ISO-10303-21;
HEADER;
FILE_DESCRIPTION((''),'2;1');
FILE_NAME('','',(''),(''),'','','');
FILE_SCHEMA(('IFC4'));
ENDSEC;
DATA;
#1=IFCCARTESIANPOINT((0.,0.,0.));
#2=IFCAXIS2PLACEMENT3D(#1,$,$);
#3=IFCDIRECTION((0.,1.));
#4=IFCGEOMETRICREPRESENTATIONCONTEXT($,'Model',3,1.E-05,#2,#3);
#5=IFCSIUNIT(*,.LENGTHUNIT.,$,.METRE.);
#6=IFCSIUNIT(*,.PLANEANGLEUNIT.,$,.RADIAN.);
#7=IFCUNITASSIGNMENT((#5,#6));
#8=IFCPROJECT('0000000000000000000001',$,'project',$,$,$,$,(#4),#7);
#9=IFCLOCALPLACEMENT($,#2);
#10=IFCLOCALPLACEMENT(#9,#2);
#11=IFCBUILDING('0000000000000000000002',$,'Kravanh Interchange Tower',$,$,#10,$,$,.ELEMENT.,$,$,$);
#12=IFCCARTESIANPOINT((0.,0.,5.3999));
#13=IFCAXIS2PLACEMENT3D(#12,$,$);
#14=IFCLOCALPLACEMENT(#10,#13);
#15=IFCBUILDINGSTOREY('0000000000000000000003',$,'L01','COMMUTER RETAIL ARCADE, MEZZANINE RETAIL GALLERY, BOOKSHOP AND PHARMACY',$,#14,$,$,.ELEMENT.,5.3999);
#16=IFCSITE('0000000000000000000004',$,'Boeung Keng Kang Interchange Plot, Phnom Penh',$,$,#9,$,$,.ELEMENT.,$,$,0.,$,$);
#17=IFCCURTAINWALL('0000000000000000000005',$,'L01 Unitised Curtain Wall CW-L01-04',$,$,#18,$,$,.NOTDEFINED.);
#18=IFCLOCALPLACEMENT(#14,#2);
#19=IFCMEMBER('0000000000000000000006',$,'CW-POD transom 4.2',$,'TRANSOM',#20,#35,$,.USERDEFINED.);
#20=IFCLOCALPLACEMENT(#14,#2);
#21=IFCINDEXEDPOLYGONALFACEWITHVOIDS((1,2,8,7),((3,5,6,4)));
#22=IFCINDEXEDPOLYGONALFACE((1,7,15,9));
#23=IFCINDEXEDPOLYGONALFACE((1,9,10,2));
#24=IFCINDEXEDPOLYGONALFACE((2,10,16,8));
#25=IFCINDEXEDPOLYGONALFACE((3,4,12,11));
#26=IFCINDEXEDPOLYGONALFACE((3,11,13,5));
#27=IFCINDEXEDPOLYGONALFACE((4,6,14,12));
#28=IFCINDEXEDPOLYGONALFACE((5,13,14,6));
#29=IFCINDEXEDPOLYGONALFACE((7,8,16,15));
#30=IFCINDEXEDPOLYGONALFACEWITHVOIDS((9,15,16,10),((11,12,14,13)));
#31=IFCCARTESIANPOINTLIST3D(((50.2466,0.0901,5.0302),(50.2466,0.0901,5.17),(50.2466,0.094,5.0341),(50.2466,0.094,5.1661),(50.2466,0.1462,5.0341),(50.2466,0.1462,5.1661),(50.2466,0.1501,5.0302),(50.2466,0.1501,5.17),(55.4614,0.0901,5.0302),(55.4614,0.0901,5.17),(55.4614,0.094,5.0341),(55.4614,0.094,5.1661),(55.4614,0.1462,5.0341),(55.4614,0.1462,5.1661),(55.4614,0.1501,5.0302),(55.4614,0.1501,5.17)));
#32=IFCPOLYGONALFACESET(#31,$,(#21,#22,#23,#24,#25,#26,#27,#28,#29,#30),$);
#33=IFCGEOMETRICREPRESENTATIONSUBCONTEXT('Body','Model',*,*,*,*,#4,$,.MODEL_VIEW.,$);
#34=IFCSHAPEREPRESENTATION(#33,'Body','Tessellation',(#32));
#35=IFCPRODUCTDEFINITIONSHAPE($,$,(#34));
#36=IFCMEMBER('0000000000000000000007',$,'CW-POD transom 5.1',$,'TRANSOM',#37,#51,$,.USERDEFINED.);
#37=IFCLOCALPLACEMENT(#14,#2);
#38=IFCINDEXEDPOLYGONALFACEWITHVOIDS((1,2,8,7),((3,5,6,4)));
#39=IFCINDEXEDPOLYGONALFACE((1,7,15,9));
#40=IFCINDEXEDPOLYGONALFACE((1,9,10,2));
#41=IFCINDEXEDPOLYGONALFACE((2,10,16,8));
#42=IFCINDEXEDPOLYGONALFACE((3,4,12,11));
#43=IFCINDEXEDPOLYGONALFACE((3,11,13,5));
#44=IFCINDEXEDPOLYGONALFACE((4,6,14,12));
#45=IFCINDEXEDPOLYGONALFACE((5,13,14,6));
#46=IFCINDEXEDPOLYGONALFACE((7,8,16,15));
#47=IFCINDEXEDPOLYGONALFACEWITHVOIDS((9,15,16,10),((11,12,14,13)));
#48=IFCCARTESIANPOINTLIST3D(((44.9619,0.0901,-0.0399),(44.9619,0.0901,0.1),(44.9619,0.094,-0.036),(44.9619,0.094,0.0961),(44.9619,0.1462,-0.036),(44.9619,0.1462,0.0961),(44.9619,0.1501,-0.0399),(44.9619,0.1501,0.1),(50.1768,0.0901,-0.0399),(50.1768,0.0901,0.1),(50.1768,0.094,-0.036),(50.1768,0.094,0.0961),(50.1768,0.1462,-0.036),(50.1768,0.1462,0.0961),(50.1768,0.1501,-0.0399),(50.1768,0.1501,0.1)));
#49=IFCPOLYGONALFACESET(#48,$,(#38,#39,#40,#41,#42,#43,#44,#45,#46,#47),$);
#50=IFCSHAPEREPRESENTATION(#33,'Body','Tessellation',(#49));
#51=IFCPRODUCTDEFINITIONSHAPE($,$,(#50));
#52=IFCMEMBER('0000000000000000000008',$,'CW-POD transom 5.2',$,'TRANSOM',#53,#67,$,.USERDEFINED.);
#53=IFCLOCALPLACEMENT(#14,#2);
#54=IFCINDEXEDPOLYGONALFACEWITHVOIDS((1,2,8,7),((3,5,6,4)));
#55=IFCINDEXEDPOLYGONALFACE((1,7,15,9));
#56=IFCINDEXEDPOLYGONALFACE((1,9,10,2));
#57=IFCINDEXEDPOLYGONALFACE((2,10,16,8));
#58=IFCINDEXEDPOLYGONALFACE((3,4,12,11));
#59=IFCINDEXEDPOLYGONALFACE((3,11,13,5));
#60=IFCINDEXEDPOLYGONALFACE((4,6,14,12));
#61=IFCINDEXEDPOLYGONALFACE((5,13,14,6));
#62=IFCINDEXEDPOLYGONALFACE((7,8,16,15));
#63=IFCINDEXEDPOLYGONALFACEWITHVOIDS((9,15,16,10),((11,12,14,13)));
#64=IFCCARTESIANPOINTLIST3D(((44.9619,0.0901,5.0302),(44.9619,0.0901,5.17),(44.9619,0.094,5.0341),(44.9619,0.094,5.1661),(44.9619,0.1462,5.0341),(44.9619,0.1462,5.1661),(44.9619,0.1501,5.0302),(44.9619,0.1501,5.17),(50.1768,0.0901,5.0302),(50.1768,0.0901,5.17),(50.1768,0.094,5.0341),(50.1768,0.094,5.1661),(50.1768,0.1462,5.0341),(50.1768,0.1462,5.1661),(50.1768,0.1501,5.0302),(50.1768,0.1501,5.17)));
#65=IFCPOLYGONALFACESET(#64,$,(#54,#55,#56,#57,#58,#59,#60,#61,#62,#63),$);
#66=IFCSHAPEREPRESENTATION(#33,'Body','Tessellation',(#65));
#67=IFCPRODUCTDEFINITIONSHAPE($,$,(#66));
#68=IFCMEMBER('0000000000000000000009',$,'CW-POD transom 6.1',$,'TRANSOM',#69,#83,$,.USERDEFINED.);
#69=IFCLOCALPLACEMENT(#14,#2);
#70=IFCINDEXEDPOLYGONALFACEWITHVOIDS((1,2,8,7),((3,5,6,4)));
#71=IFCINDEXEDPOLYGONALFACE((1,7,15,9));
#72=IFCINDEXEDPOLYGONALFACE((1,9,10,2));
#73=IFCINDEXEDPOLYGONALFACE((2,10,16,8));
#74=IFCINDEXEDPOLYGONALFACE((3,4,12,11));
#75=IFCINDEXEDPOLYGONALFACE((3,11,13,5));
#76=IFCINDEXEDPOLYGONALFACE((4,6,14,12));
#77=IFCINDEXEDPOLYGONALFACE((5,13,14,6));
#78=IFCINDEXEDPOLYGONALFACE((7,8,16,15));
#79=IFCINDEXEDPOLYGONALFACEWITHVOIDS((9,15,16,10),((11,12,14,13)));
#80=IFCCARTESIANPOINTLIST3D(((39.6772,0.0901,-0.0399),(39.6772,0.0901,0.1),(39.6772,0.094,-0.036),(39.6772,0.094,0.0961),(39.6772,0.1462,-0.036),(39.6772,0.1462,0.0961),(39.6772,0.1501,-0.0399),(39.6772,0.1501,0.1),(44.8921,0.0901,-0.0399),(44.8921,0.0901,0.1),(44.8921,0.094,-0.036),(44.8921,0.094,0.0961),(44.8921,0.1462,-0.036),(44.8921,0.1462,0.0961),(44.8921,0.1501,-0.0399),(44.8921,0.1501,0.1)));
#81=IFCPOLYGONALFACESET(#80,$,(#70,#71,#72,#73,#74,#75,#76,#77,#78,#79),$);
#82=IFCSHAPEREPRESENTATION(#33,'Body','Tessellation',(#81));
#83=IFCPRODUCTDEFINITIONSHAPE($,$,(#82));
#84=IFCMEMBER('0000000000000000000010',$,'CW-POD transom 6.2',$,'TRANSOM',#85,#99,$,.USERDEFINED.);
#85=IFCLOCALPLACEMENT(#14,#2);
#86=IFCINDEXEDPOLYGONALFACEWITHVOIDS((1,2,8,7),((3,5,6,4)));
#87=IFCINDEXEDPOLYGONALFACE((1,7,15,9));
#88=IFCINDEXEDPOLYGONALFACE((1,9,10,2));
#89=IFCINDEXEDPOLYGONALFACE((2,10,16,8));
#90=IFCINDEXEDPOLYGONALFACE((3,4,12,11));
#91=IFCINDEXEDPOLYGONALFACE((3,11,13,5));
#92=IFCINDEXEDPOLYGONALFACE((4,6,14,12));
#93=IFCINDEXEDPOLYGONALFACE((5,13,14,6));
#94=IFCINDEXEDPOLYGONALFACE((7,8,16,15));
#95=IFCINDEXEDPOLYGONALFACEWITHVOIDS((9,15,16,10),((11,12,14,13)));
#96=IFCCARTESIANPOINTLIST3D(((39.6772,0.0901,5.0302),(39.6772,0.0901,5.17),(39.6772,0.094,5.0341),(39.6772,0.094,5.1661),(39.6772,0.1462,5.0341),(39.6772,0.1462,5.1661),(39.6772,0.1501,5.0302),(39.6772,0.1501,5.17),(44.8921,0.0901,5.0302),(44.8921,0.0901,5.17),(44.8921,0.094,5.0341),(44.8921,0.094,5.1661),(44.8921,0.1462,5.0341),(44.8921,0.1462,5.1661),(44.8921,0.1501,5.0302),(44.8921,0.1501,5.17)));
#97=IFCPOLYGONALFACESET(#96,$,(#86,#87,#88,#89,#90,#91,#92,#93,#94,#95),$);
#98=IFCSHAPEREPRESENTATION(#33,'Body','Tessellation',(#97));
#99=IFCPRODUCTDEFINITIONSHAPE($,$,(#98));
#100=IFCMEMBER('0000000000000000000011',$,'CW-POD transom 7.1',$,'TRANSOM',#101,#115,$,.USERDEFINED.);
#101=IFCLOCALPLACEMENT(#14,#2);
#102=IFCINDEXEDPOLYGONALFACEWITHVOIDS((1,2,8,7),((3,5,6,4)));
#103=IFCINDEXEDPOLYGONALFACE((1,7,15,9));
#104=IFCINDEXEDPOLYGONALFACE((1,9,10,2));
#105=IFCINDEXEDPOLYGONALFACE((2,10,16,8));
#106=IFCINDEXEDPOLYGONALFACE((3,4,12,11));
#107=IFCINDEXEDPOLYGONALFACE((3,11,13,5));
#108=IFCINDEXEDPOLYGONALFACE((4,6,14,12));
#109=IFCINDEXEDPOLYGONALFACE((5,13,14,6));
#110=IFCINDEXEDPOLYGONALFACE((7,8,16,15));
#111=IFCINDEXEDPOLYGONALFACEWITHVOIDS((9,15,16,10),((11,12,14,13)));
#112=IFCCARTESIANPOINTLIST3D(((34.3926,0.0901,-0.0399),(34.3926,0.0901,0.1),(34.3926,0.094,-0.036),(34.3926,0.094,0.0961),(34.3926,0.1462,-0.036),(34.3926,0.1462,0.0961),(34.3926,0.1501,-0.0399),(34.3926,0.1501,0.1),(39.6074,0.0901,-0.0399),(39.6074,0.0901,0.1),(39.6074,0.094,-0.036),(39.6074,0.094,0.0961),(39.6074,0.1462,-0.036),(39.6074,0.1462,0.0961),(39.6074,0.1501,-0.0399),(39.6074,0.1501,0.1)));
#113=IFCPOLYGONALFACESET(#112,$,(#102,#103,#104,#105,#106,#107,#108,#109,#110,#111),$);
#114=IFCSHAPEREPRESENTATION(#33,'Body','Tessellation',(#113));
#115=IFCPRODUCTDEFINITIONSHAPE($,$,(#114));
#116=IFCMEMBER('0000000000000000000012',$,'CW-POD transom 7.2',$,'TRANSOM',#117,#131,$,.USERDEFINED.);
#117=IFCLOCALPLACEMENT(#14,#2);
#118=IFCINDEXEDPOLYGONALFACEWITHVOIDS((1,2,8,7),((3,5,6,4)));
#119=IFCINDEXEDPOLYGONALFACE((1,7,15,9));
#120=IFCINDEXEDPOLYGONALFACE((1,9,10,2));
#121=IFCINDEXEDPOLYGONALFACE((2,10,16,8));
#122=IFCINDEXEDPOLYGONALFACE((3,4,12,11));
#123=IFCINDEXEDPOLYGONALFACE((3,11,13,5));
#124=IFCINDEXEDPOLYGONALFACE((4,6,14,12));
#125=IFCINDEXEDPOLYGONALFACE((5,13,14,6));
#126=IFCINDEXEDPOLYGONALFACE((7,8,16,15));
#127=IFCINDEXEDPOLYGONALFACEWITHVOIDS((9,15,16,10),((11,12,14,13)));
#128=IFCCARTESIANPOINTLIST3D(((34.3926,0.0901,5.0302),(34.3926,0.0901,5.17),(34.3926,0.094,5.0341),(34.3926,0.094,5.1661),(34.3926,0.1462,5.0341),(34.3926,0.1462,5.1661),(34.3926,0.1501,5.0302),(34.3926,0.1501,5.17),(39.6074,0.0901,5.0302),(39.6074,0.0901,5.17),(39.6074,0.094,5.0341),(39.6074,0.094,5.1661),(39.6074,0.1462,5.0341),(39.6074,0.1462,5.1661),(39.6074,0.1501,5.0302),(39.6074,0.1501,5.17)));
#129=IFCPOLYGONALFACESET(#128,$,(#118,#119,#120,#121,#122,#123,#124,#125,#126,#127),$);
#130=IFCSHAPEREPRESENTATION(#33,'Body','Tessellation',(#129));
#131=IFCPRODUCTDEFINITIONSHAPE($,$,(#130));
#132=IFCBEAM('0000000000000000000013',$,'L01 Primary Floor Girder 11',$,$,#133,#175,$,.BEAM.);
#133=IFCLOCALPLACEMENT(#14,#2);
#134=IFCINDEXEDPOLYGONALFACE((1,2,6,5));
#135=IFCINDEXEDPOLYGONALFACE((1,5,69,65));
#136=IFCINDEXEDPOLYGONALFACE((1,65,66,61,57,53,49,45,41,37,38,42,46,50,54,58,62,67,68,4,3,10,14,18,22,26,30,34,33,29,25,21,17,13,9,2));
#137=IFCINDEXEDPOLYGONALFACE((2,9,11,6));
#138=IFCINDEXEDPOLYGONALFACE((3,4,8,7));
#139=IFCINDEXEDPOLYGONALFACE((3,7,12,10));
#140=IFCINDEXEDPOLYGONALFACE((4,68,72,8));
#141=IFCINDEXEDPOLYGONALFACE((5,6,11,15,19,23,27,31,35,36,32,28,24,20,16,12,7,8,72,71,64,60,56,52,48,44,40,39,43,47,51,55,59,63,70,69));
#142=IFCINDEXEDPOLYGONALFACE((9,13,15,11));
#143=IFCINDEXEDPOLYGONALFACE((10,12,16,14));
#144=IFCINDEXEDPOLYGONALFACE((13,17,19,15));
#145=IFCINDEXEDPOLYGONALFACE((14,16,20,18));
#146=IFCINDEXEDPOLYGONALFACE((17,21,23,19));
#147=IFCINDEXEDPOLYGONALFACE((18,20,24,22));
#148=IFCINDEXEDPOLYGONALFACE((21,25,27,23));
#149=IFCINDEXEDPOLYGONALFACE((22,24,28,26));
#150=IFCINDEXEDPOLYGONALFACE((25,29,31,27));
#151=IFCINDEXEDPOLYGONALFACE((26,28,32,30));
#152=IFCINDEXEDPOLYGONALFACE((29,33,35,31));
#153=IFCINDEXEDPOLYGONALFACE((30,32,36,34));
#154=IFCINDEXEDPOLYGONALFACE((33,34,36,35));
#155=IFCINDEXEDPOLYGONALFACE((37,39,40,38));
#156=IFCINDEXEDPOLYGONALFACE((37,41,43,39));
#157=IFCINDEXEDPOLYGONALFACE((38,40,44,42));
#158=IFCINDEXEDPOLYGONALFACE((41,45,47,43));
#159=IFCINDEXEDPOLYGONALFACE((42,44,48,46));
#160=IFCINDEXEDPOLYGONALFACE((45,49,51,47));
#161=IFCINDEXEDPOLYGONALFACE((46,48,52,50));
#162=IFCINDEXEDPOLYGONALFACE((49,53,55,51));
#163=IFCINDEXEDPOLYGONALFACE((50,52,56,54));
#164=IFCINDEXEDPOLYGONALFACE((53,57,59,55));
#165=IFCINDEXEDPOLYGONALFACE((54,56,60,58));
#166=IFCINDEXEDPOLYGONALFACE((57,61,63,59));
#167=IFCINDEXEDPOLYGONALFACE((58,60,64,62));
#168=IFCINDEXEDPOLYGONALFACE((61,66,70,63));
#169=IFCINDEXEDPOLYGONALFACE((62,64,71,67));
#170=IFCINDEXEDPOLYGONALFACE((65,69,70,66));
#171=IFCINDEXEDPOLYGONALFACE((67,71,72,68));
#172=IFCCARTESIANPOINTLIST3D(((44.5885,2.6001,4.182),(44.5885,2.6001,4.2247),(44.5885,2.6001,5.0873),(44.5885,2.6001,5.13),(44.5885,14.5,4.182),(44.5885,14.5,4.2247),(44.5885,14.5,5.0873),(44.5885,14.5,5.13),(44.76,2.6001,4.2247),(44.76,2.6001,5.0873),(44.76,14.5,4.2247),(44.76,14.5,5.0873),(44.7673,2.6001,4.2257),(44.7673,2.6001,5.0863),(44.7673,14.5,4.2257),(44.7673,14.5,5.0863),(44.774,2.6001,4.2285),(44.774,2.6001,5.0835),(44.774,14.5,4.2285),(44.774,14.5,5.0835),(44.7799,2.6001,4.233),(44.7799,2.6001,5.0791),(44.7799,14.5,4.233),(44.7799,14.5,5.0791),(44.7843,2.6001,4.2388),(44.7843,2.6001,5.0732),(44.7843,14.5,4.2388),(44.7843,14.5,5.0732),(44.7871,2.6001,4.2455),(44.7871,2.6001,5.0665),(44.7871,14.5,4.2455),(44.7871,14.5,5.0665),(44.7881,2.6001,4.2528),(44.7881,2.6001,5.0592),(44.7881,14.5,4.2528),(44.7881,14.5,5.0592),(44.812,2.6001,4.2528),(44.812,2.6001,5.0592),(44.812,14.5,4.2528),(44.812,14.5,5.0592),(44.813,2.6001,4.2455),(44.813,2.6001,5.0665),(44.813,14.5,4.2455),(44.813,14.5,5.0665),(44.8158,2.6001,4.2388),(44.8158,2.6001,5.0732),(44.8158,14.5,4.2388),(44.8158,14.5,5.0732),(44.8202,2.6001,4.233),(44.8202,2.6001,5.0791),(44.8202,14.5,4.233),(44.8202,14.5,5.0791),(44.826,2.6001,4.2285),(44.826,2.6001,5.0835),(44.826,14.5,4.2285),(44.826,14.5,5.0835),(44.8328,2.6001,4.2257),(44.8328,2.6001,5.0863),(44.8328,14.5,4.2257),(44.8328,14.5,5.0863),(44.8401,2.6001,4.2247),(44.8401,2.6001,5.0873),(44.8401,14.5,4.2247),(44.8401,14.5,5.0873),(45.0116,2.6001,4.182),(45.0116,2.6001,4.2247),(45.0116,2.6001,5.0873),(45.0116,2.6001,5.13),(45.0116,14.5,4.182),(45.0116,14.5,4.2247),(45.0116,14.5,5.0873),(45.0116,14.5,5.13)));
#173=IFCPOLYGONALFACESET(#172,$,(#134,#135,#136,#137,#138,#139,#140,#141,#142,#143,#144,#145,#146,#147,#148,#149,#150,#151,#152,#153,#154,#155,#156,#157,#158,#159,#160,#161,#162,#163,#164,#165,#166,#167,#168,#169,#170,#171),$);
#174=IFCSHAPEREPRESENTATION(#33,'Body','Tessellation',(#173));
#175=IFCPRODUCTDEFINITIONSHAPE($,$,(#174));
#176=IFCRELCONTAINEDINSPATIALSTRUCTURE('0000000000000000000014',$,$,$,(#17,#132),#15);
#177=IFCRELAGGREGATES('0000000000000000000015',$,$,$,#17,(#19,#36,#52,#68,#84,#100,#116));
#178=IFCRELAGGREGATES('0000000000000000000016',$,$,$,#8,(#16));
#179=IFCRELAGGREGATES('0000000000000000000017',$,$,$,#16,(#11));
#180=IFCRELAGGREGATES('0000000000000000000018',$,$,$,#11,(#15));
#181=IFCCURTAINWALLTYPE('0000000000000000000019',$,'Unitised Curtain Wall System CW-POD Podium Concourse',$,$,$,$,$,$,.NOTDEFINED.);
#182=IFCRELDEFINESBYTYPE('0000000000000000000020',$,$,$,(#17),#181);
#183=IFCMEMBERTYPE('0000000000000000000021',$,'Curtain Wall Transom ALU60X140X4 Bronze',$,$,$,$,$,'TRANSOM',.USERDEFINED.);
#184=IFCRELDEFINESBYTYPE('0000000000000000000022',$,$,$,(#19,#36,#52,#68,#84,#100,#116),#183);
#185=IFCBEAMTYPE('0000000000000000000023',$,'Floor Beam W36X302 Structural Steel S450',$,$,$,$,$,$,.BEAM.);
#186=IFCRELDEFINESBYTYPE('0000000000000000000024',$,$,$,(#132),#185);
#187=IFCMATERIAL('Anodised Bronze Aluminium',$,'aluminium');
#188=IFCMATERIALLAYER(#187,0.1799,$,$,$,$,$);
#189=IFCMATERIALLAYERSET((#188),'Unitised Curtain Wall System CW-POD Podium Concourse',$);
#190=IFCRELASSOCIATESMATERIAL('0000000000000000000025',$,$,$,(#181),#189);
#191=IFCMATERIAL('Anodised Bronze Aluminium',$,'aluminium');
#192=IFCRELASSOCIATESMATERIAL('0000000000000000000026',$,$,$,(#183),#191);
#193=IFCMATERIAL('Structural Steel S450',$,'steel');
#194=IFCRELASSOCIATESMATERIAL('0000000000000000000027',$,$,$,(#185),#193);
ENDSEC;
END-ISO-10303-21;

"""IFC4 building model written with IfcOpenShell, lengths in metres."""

from ifc_helpers import new_model, si_unit, direction, frame, origin, origin_2d, place, context, subcontext, project, spatial, hollow_rectangle, i_section, extrude, material, layer, layer_set, material_profile, profile_set, type_object, element, aggregate, save


model = new_model("IFC4")

# Units and contexts
model_context = context("Model", 3, precision=1e-05, world=origin(), true_north=direction((0.0, 1.0)))
body_context = subcontext(model_context, "Body", "Model", "MODEL_VIEW")
ifc_project = project(units=[si_unit("LENGTHUNIT", "METRE"), si_unit("PLANEANGLEUNIT", "RADIAN")], contexts=[model_context])

# Site, building, storey
site_placement = place(None, origin())
site = spatial("IfcSite", under=ifc_project, at=site_placement, Name="Boeung Keng Kang Interchange Plot, Phnom Penh", CompositionType="ELEMENT", RefElevation=0.0)
building_placement = place(site_placement, origin())
building = spatial("IfcBuilding", under=site, at=building_placement, Name="Kravanh Interchange Tower", CompositionType="ELEMENT")
storey_placement = place(building_placement, frame((0.0, 0.0, 5.3999)))
storey = spatial("IfcBuildingStorey", under=building, at=storey_placement, Name="L01", Description="COMMUTER RETAIL ARCADE, MEZZANINE RETAIL GALLERY, BOOKSHOP AND PHARMACY", CompositionType="ELEMENT", Elevation=5.3999)

# Curtain wall, members
ifc_material_1 = material(Name="Anodised Bronze Aluminium", Category="aluminium")
ifc_layer_1 = layer(ifc_material_1, 0.1799)
ifc_layer_set_1 = layer_set([ifc_layer_1], Name="Unitised Curtain Wall System CW-POD Podium Concourse")
curtain_wall_type = type_object("IfcCurtainWallType", Name="Unitised Curtain Wall System CW-POD Podium Concourse", PredefinedType="NOTDEFINED", material=ifc_layer_set_1)
curtain_wall_placement = place(storey_placement, origin())
curtain_wall = element("IfcCurtainWall", 1, at=curtain_wall_placement, inside=storey, type_object=curtain_wall_type, Name="L01 Unitised Curtain Wall CW-L01-04", PredefinedType="NOTDEFINED")
ifc_material_2 = material(Name="Anodised Bronze Aluminium", Category="aluminium")
ifc_material_profile_1 = material_profile(ifc_material_2, hollow_rectangle(XDim=0.0601, YDim=0.1399, WallThickness=0.0039, at=origin_2d()), Name="ALU60X140X4")
ifc_profile_set_1 = profile_set([ifc_material_profile_1], Name="Anodised Bronze Aluminium")
member_type_1 = type_object("IfcMemberType", Name="Curtain Wall Transom ALU60X140X4 Bronze", ElementType="TRANSOM", PredefinedType="USERDEFINED", material=ifc_profile_set_1)
member_1_placement = place(storey_placement, frame((55.4614, 0.1201, 5.1001), z_axis=(-1.0, 0.0, 0.0), x_axis=(0.0, -1.0, 0.0)))
member_1 = element("IfcMember", 2, at=member_1_placement, type_object=member_type_1, Name="CW-POD transom 4.2", ObjectType="TRANSOM", PredefinedType="USERDEFINED", context=body_context, shape_type="SweptSolid", body=[
    extrude(hollow_rectangle(XDim=0.0601, YDim=0.1399, WallThickness=0.0039, at=origin_2d()), origin(), (0.0, 0.0, 1.0), 5.2148),
])
member_2_placement = place(storey_placement, frame((50.1768, 0.1201, 0.03), z_axis=(-1.0, 0.0, 0.0), x_axis=(0.0, -1.0, 0.0)))
member_2 = element("IfcMember", 3, at=member_2_placement, type_object=member_type_1, Name="CW-POD transom 5.1", ObjectType="TRANSOM", PredefinedType="USERDEFINED", context=body_context, shape_type="SweptSolid", body=[
    extrude(hollow_rectangle(XDim=0.0601, YDim=0.1399, WallThickness=0.0039, at=origin_2d()), origin(), (0.0, 0.0, 1.0), 5.2148),
])
member_3_placement = place(storey_placement, frame((50.1768, 0.1201, 5.1001), z_axis=(-1.0, 0.0, 0.0), x_axis=(0.0, -1.0, 0.0)))
member_3 = element("IfcMember", 4, at=member_3_placement, type_object=member_type_1, Name="CW-POD transom 5.2", ObjectType="TRANSOM", PredefinedType="USERDEFINED", context=body_context, shape_type="SweptSolid", body=[
    extrude(hollow_rectangle(XDim=0.0601, YDim=0.1399, WallThickness=0.0039, at=origin_2d()), origin(), (0.0, 0.0, 1.0), 5.2148),
])
member_4_placement = place(storey_placement, frame((44.8921, 0.1201, 0.03), z_axis=(-1.0, 0.0, 0.0), x_axis=(0.0, -1.0, 0.0)))
member_4 = element("IfcMember", 5, at=member_4_placement, type_object=member_type_1, Name="CW-POD transom 6.1", ObjectType="TRANSOM", PredefinedType="USERDEFINED", context=body_context, shape_type="SweptSolid", body=[
    extrude(hollow_rectangle(XDim=0.0601, YDim=0.1399, WallThickness=0.0039, at=origin_2d()), origin(), (0.0, 0.0, 1.0), 5.2148),
])
member_5_placement = place(storey_placement, frame((44.8921, 0.1201, 5.1001), z_axis=(-1.0, 0.0, 0.0), x_axis=(0.0, -1.0, 0.0)))
member_5 = element("IfcMember", 6, at=member_5_placement, type_object=member_type_1, Name="CW-POD transom 6.2", ObjectType="TRANSOM", PredefinedType="USERDEFINED", context=body_context, shape_type="SweptSolid", body=[
    extrude(hollow_rectangle(XDim=0.0601, YDim=0.1399, WallThickness=0.0039, at=origin_2d()), origin(), (0.0, 0.0, 1.0), 5.2148),
])
member_6_placement = place(storey_placement, frame((39.6074, 0.1201, 0.03), z_axis=(-1.0, 0.0, 0.0), x_axis=(0.0, -1.0, 0.0)))
member_6 = element("IfcMember", 7, at=member_6_placement, type_object=member_type_1, Name="CW-POD transom 7.1", ObjectType="TRANSOM", PredefinedType="USERDEFINED", context=body_context, shape_type="SweptSolid", body=[
    extrude(hollow_rectangle(XDim=0.0601, YDim=0.1399, WallThickness=0.0039, at=origin_2d()), origin(), (0.0, 0.0, 1.0), 5.2148),
])
member_7_placement = place(storey_placement, frame((39.6074, 0.1201, 5.1001), z_axis=(-1.0, 0.0, 0.0), x_axis=(0.0, -1.0, 0.0)))
member_7 = element("IfcMember", 8, at=member_7_placement, type_object=member_type_1, Name="CW-POD transom 7.2", ObjectType="TRANSOM", PredefinedType="USERDEFINED", context=body_context, shape_type="SweptSolid", body=[
    extrude(hollow_rectangle(XDim=0.0601, YDim=0.1399, WallThickness=0.0039, at=origin_2d()), origin(), (0.0, 0.0, 1.0), 5.2148),
])

# Beam
ifc_material_3 = material(Name="Structural Steel S450", Category="steel")
ifc_material_profile_2 = material_profile(ifc_material_3, i_section(OverallWidth=0.4231, OverallDepth=0.948, WebThickness=0.0239, FlangeThickness=0.0427, FilletRadius=0.0281, at=origin_2d()), Name="W36X302")
ifc_profile_set_2 = profile_set([ifc_material_profile_2], Name="Structural Steel S450")
beam_type_1 = type_object("IfcBeamType", Name="Floor Beam W36X302 Structural Steel S450", PredefinedType="BEAM", material=ifc_profile_set_2)
beam_1_placement = place(storey_placement, frame((44.8, 2.6001, 4.656), z_axis=(0.0, 1.0, 0.0), x_axis=(-1.0, 0.0, 0.0)))
element("IfcBeam", 9, at=beam_1_placement, inside=storey, type_object=beam_type_1, Name="L01 Primary Floor Girder 11", PredefinedType="BEAM", context=body_context, shape_type="SweptSolid", body=[
    extrude(i_section(OverallWidth=0.4231, OverallDepth=0.948, WebThickness=0.0239, FlangeThickness=0.0427, FilletRadius=0.0281, at=origin_2d()), origin(), (0.0, 0.0, 1.0), 11.8999),
])

aggregate(curtain_wall, [member_1, member_2, member_3, member_4, member_5, member_6, member_7])

save(model, "model.ifc")
